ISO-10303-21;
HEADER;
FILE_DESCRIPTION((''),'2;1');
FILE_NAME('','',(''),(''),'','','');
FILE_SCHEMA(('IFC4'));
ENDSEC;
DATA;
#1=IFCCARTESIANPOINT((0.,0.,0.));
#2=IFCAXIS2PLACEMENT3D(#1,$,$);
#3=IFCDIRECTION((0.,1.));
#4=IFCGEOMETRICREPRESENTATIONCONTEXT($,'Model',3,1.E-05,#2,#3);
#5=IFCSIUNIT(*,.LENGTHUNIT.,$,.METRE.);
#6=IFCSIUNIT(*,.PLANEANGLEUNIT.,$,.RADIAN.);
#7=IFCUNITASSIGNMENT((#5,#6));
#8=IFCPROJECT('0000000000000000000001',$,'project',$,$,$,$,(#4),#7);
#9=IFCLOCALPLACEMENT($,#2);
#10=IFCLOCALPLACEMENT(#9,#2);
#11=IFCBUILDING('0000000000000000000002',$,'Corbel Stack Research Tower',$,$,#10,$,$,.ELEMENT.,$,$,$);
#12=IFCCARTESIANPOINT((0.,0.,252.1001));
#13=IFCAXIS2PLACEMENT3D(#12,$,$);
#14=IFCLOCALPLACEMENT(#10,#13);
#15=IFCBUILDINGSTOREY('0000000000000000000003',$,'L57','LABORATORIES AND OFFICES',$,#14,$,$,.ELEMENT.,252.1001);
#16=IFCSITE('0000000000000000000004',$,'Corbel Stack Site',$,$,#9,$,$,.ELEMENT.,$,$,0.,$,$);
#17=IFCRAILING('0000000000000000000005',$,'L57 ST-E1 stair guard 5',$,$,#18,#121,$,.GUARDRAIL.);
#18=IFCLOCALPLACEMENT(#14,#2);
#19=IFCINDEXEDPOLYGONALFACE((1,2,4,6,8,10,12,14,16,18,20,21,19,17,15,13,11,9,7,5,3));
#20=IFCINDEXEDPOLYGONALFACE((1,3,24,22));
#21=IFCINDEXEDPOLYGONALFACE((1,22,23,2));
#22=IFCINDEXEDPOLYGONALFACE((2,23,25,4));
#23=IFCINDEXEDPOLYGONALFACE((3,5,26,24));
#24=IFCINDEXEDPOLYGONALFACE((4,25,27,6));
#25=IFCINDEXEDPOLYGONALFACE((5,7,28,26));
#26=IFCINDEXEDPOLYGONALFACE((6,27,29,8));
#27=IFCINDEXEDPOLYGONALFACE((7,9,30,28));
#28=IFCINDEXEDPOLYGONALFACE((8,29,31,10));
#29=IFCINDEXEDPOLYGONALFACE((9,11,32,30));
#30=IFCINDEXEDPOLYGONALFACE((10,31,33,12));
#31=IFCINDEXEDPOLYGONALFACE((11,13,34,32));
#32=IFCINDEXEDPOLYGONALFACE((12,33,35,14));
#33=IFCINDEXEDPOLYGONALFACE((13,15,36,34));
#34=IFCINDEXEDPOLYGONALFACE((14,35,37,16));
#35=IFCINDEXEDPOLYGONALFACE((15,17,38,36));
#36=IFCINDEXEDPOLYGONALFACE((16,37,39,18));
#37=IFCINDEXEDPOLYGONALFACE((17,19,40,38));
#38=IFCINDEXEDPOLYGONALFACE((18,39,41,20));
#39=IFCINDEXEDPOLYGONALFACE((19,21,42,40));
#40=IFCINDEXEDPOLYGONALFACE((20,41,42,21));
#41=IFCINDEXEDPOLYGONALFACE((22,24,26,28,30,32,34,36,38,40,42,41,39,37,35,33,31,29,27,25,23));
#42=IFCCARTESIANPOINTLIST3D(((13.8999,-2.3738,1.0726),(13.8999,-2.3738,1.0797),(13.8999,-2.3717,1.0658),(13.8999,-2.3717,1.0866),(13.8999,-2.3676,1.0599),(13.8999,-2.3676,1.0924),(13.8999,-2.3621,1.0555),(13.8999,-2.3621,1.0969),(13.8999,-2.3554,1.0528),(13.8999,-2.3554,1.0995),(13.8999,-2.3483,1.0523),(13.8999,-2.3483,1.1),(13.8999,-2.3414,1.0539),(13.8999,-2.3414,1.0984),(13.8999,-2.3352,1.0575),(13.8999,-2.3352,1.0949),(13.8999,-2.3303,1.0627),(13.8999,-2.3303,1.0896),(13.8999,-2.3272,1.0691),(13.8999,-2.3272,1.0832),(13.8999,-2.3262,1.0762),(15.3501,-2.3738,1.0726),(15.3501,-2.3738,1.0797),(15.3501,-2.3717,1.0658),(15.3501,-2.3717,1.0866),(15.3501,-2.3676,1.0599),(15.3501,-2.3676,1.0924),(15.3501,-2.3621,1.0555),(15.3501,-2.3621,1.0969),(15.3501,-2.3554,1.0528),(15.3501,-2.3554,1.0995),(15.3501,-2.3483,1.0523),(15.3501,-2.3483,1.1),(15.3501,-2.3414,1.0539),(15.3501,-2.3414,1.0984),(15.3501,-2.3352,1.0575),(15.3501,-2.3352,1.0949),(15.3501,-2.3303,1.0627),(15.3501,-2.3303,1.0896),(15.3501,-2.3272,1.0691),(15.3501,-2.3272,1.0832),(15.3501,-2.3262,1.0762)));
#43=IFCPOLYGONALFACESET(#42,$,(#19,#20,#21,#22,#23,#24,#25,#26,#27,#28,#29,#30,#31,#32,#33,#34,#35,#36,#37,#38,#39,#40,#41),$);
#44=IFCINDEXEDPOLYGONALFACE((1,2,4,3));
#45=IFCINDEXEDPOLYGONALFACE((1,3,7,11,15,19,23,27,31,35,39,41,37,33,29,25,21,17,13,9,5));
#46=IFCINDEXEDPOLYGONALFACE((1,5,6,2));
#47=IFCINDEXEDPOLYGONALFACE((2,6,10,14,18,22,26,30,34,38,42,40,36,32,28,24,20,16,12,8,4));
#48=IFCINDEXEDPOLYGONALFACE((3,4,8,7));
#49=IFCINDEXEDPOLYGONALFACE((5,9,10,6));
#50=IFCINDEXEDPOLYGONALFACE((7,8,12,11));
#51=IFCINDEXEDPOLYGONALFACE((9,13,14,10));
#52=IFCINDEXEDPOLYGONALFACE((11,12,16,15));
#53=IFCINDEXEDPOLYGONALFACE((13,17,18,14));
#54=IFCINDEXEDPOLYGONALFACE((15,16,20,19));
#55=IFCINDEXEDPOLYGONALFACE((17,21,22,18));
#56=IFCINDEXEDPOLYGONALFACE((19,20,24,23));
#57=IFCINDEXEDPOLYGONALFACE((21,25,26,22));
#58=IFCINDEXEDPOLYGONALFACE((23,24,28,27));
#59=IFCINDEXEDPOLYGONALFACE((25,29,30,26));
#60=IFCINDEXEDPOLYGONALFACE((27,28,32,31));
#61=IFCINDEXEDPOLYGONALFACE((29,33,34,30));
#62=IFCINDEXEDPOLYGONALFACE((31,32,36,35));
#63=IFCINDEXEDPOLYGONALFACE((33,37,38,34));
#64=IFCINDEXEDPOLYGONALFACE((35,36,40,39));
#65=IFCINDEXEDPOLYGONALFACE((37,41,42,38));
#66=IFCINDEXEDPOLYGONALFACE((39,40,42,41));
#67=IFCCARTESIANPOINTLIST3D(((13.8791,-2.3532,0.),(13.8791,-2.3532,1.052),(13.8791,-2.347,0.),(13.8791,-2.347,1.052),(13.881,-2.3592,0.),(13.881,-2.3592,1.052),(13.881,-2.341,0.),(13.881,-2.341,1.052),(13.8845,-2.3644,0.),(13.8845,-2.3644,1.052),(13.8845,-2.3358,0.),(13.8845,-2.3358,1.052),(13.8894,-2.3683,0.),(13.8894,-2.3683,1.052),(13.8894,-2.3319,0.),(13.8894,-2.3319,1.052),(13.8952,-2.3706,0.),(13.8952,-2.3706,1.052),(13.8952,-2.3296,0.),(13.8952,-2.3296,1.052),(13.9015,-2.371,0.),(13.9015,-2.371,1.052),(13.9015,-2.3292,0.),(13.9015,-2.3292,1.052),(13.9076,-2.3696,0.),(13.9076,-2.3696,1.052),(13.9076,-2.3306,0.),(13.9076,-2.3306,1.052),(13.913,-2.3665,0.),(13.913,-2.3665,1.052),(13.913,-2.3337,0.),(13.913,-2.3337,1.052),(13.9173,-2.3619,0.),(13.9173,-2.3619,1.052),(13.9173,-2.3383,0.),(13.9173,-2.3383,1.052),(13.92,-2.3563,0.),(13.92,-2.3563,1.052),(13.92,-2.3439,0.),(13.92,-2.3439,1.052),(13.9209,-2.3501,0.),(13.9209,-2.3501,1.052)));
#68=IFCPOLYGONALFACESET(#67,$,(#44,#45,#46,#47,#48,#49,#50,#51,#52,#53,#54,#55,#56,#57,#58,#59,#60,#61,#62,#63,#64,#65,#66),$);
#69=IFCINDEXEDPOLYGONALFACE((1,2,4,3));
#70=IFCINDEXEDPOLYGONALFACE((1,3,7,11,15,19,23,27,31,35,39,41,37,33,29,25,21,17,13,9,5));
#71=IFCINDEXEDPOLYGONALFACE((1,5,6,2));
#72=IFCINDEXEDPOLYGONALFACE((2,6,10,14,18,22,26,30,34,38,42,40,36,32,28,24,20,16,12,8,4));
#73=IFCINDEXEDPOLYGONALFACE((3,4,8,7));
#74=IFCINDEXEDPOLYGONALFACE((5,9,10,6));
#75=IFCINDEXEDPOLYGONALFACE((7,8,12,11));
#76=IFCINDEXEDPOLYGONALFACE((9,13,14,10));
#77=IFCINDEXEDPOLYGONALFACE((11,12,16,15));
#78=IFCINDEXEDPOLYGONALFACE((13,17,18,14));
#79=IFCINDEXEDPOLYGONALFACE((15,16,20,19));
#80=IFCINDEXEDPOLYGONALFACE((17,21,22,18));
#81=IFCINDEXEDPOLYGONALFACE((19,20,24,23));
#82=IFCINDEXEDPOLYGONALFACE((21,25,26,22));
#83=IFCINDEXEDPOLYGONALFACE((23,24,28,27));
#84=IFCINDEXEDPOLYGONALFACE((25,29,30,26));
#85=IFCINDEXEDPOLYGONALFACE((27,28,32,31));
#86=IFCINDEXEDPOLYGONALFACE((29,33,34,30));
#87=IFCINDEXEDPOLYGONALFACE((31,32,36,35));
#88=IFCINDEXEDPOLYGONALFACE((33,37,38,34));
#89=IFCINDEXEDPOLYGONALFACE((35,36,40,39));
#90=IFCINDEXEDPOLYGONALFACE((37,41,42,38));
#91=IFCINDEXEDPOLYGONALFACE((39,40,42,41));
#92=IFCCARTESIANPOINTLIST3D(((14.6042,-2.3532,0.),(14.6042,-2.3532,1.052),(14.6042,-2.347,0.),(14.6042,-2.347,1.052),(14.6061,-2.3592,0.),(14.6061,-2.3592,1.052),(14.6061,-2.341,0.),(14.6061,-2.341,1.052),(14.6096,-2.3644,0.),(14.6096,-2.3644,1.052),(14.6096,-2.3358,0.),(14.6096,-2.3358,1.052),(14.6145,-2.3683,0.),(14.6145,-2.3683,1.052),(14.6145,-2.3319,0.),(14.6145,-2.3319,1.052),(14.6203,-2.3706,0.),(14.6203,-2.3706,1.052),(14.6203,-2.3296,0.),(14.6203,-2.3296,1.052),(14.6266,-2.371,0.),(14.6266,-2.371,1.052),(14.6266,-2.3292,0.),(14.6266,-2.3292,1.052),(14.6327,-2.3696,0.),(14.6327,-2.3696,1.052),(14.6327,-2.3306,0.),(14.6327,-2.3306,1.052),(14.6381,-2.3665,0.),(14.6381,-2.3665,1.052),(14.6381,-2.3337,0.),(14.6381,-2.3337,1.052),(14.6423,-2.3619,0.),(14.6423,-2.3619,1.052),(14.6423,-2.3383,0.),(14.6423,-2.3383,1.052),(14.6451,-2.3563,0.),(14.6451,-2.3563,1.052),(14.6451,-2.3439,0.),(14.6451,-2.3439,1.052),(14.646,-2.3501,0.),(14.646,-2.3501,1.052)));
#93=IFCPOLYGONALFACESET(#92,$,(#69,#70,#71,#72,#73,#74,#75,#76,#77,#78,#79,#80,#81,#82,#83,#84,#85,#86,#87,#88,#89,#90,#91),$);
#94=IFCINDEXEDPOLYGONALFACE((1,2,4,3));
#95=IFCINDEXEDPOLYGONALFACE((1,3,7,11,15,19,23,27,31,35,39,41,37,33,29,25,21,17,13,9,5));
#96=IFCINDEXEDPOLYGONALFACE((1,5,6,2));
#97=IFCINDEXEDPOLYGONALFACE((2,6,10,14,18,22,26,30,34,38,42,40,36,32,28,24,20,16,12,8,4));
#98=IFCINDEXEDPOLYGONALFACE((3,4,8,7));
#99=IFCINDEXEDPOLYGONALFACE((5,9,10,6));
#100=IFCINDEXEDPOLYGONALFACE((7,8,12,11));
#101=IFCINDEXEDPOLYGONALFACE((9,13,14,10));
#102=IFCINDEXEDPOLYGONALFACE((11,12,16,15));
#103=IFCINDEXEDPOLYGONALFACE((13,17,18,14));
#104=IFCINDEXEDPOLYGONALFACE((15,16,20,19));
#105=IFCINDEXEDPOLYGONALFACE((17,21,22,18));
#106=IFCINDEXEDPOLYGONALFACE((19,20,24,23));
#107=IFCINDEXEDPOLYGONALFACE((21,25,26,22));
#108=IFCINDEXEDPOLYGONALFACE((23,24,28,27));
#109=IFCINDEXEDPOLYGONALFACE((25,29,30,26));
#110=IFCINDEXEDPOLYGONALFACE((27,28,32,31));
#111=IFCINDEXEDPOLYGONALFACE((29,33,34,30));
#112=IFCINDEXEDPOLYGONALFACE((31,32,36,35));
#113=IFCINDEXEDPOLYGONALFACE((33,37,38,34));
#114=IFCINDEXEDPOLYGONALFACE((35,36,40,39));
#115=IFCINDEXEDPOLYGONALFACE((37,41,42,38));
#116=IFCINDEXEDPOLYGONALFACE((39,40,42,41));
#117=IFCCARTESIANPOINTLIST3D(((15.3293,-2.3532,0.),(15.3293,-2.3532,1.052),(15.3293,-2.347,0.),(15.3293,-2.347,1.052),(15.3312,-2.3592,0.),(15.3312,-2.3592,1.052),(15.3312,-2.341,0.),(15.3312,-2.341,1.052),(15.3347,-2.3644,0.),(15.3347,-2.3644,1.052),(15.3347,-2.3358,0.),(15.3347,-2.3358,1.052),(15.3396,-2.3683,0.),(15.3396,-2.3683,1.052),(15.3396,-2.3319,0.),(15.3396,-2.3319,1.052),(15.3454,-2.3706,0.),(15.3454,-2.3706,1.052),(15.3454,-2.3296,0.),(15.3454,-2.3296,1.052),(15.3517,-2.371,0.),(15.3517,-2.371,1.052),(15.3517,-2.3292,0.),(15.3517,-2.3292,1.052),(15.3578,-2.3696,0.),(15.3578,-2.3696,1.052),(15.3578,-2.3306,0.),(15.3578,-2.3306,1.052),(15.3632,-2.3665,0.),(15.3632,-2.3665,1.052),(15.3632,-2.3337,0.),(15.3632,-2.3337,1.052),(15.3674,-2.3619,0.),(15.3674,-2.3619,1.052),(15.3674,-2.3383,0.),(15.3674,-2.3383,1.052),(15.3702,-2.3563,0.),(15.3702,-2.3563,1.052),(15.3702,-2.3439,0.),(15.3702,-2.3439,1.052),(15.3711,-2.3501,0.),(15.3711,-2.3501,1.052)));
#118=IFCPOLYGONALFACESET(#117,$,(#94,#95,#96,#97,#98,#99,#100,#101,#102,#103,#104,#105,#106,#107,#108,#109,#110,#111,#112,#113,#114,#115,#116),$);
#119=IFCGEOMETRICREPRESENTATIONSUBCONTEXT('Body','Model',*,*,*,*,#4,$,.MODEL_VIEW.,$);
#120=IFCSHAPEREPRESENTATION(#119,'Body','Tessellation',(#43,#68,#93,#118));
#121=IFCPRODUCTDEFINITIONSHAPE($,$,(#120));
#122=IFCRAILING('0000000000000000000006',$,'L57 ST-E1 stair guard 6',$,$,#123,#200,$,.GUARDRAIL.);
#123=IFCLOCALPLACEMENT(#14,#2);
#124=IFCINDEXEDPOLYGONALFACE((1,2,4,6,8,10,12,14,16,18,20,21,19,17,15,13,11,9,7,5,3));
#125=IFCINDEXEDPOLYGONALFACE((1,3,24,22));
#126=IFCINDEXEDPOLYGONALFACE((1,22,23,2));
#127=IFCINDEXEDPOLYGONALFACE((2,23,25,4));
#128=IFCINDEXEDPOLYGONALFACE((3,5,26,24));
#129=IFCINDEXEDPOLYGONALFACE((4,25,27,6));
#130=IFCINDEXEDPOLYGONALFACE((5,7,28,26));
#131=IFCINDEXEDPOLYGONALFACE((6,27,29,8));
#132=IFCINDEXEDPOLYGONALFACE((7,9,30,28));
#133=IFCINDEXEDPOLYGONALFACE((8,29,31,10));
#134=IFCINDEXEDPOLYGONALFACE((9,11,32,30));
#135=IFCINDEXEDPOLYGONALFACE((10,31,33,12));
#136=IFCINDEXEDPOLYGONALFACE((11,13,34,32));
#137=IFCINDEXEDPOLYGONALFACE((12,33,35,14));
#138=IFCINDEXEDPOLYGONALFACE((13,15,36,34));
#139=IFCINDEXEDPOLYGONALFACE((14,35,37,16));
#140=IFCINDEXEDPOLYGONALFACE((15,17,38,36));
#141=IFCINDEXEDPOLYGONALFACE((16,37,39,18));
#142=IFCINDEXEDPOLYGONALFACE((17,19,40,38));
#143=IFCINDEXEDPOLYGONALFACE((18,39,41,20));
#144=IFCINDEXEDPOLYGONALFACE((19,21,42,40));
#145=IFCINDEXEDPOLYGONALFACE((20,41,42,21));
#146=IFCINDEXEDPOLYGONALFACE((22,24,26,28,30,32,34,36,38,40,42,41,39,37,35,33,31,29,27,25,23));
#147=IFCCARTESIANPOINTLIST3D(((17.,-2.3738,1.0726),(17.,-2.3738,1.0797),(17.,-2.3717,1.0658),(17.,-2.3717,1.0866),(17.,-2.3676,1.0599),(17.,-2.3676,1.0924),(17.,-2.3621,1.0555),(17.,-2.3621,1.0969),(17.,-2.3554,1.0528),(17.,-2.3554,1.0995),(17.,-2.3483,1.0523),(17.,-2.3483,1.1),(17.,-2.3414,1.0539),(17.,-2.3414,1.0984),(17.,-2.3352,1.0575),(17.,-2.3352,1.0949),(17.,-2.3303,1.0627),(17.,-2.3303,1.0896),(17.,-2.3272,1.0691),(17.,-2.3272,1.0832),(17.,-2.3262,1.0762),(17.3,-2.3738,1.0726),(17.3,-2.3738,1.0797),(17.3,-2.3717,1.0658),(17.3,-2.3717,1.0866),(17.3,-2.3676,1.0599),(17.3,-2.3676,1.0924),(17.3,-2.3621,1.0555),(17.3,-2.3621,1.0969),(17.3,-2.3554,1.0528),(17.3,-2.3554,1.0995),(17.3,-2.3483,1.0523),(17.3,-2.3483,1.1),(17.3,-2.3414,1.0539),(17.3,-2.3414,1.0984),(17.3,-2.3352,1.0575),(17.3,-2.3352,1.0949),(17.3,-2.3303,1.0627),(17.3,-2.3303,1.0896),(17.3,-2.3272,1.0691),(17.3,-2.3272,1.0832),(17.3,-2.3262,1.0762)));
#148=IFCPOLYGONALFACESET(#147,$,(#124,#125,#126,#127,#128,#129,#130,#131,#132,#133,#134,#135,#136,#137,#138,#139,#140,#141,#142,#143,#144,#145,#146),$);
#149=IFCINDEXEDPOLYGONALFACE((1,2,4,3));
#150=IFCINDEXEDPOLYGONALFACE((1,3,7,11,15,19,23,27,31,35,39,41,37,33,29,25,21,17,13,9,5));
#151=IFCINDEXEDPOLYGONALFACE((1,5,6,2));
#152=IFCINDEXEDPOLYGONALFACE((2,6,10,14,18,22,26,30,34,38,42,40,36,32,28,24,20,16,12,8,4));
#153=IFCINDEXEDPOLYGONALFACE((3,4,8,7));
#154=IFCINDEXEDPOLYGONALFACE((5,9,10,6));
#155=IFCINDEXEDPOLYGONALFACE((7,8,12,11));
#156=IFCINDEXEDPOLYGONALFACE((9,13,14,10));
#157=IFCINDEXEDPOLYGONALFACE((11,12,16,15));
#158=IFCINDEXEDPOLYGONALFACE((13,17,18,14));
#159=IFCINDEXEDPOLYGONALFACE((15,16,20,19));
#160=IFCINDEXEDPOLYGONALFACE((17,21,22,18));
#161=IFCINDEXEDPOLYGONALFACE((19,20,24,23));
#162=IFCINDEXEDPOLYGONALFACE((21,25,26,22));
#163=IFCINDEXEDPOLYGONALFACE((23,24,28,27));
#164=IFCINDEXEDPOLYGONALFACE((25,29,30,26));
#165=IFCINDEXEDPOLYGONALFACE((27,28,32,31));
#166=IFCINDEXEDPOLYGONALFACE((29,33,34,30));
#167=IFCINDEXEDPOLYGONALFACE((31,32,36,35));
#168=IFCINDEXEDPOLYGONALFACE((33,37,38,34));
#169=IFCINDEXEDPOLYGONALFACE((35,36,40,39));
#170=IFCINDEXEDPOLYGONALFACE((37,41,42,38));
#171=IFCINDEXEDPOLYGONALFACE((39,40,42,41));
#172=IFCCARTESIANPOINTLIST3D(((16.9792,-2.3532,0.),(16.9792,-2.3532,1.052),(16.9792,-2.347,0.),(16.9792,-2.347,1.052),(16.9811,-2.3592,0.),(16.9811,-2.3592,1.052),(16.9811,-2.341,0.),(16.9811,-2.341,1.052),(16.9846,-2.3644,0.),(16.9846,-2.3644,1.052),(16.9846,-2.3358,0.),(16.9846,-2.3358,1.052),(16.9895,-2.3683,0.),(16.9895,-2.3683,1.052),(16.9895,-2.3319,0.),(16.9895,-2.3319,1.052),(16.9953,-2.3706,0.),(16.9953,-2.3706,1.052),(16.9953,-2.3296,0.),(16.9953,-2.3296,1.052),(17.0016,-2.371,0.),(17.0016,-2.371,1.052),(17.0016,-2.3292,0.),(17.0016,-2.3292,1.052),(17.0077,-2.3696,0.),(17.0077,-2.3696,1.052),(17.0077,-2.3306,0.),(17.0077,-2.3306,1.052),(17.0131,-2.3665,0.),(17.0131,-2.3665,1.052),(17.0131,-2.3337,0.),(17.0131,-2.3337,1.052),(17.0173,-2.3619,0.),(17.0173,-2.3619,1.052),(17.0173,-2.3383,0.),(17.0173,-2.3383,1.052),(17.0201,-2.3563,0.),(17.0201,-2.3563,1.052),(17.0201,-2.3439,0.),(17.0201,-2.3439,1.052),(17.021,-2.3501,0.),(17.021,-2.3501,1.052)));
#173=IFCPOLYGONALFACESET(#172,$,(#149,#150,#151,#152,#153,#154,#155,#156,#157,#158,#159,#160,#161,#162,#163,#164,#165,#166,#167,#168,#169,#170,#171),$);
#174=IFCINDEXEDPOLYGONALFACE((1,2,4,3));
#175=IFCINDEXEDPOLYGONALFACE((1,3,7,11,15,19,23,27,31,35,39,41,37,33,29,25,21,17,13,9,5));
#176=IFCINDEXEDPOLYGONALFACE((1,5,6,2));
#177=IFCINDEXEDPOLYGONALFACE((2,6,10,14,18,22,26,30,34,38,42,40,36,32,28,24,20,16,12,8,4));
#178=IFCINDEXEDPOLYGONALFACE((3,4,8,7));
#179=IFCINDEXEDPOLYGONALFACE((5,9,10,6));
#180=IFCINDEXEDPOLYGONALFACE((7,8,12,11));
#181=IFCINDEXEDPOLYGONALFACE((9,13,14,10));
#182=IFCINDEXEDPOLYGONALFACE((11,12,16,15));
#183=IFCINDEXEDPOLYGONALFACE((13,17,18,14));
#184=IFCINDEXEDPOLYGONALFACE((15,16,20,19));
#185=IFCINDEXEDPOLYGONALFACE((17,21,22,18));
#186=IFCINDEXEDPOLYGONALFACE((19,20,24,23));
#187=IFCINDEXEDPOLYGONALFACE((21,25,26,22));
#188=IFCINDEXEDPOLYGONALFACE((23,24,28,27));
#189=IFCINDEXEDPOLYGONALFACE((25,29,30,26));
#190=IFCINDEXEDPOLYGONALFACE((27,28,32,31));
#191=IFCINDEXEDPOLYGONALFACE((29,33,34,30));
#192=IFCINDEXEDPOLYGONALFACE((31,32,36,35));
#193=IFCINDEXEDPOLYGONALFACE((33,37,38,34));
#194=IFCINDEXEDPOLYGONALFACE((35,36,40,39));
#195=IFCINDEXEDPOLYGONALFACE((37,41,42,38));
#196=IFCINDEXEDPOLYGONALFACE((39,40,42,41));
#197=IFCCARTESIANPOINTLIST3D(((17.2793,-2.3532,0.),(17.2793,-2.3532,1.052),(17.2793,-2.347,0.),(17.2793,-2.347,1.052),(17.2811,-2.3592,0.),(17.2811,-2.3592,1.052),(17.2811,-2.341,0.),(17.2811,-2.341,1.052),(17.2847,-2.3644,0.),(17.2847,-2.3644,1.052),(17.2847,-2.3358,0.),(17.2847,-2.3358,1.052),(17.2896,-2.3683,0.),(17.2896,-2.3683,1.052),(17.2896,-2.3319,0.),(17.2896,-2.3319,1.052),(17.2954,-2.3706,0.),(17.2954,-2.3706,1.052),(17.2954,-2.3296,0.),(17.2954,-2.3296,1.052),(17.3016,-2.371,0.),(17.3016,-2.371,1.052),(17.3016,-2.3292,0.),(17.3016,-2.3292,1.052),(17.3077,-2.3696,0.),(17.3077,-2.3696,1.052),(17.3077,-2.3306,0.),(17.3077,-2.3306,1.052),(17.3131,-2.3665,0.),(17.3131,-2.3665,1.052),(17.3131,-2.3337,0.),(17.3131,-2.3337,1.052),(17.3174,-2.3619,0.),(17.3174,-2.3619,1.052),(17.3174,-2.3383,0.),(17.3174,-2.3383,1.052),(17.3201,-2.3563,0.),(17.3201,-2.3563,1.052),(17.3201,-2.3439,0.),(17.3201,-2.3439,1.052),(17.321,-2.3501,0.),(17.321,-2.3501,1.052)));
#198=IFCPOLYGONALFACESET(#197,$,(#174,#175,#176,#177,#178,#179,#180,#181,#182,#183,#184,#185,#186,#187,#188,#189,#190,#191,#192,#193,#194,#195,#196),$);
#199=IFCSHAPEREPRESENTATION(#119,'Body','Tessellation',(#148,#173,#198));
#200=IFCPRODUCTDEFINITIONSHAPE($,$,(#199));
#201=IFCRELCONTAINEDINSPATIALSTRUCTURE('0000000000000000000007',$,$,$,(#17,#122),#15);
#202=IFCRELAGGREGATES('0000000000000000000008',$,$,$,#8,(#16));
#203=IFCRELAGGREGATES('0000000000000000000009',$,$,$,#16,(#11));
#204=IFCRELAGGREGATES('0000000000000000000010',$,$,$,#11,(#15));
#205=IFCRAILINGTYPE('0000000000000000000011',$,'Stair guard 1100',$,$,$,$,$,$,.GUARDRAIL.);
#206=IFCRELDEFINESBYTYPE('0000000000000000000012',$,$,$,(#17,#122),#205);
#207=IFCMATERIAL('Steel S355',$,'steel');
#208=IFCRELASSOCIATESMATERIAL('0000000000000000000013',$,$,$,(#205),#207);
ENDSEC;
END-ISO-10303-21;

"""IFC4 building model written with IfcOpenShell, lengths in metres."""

from ifc_helpers import new_model, si_unit, direction, frame, origin, origin_2d, place, context, subcontext, project, spatial, circle, extrude, material, type_object, element, save


model = new_model("IFC4")

# Units and contexts
model_context = context("Model", 3, precision=1e-05, world=origin(), true_north=direction((0.0, 1.0)))
body_context = subcontext(model_context, "Body", "Model", "MODEL_VIEW")
ifc_project = project(units=[si_unit("LENGTHUNIT", "METRE"), si_unit("PLANEANGLEUNIT", "RADIAN")], contexts=[model_context])

# Site, building, storey
site_placement = place(None, origin())
site = spatial("IfcSite", under=ifc_project, at=site_placement, Name="Corbel Stack Site", CompositionType="ELEMENT", RefElevation=0.0)
building_placement = place(site_placement, origin())
building = spatial("IfcBuilding", under=site, at=building_placement, Name="Corbel Stack Research Tower", CompositionType="ELEMENT")
storey_placement = place(building_placement, frame((0.0, 0.0, 252.1001)))
storey = spatial("IfcBuildingStorey", under=building, at=storey_placement, Name="L57", Description="LABORATORIES AND OFFICES", CompositionType="ELEMENT", Elevation=252.1001)

# Railings
ifc_material_1 = material(Name="Steel S355", Category="steel")
railing_type_1 = type_object("IfcRailingType", Name="Stair guard 1100", PredefinedType="GUARDRAIL", material=ifc_material_1)
railing_1_placement = place(storey_placement, frame((13.8999, -2.3501, 0.0)))
element("IfcRailing", 1, at=railing_1_placement, inside=storey, type_object=railing_type_1, Name="L57 ST-E1 stair guard 5", PredefinedType="GUARDRAIL", context=body_context, shape_type="SweptSolid", body=[
    extrude(circle(Radius=0.0239, at=origin_2d()), frame((0.0, 0.0, 1.0762), z_axis=(1.0, 0.0, 0.0), x_axis=(0.0, 1.0, 0.0)), (0.0, 0.0, 1.0), 1.4502),
    extrude(circle(Radius=0.021, at=origin_2d()), origin(), (0.0, 0.0, 1.0), 1.052),
    extrude(circle(Radius=0.021, at=origin_2d()), frame((0.7251, 0.0, 0.0)), (0.0, 0.0, 1.0), 1.052),
    extrude(circle(Radius=0.021, at=origin_2d()), frame((1.4502, 0.0, 0.0)), (0.0, 0.0, 1.0), 1.052),
])
railing_2_placement = place(storey_placement, frame((17.0, -2.3501, 0.0)))
element("IfcRailing", 2, at=railing_2_placement, inside=storey, type_object=railing_type_1, Name="L57 ST-E1 stair guard 6", PredefinedType="GUARDRAIL", context=body_context, shape_type="SweptSolid", body=[
    extrude(circle(Radius=0.0239, at=origin_2d()), frame((0.0, 0.0, 1.0762), z_axis=(1.0, 0.0, 0.0), x_axis=(0.0, 1.0, 0.0)), (0.0, 0.0, 1.0), 0.3),
    extrude(circle(Radius=0.021, at=origin_2d()), origin(), (0.0, 0.0, 1.0), 1.052),
    extrude(circle(Radius=0.021, at=origin_2d()), frame((0.3, 0.0, 0.0)), (0.0, 0.0, 1.0), 1.052),
])

save(model, "model.ifc")
